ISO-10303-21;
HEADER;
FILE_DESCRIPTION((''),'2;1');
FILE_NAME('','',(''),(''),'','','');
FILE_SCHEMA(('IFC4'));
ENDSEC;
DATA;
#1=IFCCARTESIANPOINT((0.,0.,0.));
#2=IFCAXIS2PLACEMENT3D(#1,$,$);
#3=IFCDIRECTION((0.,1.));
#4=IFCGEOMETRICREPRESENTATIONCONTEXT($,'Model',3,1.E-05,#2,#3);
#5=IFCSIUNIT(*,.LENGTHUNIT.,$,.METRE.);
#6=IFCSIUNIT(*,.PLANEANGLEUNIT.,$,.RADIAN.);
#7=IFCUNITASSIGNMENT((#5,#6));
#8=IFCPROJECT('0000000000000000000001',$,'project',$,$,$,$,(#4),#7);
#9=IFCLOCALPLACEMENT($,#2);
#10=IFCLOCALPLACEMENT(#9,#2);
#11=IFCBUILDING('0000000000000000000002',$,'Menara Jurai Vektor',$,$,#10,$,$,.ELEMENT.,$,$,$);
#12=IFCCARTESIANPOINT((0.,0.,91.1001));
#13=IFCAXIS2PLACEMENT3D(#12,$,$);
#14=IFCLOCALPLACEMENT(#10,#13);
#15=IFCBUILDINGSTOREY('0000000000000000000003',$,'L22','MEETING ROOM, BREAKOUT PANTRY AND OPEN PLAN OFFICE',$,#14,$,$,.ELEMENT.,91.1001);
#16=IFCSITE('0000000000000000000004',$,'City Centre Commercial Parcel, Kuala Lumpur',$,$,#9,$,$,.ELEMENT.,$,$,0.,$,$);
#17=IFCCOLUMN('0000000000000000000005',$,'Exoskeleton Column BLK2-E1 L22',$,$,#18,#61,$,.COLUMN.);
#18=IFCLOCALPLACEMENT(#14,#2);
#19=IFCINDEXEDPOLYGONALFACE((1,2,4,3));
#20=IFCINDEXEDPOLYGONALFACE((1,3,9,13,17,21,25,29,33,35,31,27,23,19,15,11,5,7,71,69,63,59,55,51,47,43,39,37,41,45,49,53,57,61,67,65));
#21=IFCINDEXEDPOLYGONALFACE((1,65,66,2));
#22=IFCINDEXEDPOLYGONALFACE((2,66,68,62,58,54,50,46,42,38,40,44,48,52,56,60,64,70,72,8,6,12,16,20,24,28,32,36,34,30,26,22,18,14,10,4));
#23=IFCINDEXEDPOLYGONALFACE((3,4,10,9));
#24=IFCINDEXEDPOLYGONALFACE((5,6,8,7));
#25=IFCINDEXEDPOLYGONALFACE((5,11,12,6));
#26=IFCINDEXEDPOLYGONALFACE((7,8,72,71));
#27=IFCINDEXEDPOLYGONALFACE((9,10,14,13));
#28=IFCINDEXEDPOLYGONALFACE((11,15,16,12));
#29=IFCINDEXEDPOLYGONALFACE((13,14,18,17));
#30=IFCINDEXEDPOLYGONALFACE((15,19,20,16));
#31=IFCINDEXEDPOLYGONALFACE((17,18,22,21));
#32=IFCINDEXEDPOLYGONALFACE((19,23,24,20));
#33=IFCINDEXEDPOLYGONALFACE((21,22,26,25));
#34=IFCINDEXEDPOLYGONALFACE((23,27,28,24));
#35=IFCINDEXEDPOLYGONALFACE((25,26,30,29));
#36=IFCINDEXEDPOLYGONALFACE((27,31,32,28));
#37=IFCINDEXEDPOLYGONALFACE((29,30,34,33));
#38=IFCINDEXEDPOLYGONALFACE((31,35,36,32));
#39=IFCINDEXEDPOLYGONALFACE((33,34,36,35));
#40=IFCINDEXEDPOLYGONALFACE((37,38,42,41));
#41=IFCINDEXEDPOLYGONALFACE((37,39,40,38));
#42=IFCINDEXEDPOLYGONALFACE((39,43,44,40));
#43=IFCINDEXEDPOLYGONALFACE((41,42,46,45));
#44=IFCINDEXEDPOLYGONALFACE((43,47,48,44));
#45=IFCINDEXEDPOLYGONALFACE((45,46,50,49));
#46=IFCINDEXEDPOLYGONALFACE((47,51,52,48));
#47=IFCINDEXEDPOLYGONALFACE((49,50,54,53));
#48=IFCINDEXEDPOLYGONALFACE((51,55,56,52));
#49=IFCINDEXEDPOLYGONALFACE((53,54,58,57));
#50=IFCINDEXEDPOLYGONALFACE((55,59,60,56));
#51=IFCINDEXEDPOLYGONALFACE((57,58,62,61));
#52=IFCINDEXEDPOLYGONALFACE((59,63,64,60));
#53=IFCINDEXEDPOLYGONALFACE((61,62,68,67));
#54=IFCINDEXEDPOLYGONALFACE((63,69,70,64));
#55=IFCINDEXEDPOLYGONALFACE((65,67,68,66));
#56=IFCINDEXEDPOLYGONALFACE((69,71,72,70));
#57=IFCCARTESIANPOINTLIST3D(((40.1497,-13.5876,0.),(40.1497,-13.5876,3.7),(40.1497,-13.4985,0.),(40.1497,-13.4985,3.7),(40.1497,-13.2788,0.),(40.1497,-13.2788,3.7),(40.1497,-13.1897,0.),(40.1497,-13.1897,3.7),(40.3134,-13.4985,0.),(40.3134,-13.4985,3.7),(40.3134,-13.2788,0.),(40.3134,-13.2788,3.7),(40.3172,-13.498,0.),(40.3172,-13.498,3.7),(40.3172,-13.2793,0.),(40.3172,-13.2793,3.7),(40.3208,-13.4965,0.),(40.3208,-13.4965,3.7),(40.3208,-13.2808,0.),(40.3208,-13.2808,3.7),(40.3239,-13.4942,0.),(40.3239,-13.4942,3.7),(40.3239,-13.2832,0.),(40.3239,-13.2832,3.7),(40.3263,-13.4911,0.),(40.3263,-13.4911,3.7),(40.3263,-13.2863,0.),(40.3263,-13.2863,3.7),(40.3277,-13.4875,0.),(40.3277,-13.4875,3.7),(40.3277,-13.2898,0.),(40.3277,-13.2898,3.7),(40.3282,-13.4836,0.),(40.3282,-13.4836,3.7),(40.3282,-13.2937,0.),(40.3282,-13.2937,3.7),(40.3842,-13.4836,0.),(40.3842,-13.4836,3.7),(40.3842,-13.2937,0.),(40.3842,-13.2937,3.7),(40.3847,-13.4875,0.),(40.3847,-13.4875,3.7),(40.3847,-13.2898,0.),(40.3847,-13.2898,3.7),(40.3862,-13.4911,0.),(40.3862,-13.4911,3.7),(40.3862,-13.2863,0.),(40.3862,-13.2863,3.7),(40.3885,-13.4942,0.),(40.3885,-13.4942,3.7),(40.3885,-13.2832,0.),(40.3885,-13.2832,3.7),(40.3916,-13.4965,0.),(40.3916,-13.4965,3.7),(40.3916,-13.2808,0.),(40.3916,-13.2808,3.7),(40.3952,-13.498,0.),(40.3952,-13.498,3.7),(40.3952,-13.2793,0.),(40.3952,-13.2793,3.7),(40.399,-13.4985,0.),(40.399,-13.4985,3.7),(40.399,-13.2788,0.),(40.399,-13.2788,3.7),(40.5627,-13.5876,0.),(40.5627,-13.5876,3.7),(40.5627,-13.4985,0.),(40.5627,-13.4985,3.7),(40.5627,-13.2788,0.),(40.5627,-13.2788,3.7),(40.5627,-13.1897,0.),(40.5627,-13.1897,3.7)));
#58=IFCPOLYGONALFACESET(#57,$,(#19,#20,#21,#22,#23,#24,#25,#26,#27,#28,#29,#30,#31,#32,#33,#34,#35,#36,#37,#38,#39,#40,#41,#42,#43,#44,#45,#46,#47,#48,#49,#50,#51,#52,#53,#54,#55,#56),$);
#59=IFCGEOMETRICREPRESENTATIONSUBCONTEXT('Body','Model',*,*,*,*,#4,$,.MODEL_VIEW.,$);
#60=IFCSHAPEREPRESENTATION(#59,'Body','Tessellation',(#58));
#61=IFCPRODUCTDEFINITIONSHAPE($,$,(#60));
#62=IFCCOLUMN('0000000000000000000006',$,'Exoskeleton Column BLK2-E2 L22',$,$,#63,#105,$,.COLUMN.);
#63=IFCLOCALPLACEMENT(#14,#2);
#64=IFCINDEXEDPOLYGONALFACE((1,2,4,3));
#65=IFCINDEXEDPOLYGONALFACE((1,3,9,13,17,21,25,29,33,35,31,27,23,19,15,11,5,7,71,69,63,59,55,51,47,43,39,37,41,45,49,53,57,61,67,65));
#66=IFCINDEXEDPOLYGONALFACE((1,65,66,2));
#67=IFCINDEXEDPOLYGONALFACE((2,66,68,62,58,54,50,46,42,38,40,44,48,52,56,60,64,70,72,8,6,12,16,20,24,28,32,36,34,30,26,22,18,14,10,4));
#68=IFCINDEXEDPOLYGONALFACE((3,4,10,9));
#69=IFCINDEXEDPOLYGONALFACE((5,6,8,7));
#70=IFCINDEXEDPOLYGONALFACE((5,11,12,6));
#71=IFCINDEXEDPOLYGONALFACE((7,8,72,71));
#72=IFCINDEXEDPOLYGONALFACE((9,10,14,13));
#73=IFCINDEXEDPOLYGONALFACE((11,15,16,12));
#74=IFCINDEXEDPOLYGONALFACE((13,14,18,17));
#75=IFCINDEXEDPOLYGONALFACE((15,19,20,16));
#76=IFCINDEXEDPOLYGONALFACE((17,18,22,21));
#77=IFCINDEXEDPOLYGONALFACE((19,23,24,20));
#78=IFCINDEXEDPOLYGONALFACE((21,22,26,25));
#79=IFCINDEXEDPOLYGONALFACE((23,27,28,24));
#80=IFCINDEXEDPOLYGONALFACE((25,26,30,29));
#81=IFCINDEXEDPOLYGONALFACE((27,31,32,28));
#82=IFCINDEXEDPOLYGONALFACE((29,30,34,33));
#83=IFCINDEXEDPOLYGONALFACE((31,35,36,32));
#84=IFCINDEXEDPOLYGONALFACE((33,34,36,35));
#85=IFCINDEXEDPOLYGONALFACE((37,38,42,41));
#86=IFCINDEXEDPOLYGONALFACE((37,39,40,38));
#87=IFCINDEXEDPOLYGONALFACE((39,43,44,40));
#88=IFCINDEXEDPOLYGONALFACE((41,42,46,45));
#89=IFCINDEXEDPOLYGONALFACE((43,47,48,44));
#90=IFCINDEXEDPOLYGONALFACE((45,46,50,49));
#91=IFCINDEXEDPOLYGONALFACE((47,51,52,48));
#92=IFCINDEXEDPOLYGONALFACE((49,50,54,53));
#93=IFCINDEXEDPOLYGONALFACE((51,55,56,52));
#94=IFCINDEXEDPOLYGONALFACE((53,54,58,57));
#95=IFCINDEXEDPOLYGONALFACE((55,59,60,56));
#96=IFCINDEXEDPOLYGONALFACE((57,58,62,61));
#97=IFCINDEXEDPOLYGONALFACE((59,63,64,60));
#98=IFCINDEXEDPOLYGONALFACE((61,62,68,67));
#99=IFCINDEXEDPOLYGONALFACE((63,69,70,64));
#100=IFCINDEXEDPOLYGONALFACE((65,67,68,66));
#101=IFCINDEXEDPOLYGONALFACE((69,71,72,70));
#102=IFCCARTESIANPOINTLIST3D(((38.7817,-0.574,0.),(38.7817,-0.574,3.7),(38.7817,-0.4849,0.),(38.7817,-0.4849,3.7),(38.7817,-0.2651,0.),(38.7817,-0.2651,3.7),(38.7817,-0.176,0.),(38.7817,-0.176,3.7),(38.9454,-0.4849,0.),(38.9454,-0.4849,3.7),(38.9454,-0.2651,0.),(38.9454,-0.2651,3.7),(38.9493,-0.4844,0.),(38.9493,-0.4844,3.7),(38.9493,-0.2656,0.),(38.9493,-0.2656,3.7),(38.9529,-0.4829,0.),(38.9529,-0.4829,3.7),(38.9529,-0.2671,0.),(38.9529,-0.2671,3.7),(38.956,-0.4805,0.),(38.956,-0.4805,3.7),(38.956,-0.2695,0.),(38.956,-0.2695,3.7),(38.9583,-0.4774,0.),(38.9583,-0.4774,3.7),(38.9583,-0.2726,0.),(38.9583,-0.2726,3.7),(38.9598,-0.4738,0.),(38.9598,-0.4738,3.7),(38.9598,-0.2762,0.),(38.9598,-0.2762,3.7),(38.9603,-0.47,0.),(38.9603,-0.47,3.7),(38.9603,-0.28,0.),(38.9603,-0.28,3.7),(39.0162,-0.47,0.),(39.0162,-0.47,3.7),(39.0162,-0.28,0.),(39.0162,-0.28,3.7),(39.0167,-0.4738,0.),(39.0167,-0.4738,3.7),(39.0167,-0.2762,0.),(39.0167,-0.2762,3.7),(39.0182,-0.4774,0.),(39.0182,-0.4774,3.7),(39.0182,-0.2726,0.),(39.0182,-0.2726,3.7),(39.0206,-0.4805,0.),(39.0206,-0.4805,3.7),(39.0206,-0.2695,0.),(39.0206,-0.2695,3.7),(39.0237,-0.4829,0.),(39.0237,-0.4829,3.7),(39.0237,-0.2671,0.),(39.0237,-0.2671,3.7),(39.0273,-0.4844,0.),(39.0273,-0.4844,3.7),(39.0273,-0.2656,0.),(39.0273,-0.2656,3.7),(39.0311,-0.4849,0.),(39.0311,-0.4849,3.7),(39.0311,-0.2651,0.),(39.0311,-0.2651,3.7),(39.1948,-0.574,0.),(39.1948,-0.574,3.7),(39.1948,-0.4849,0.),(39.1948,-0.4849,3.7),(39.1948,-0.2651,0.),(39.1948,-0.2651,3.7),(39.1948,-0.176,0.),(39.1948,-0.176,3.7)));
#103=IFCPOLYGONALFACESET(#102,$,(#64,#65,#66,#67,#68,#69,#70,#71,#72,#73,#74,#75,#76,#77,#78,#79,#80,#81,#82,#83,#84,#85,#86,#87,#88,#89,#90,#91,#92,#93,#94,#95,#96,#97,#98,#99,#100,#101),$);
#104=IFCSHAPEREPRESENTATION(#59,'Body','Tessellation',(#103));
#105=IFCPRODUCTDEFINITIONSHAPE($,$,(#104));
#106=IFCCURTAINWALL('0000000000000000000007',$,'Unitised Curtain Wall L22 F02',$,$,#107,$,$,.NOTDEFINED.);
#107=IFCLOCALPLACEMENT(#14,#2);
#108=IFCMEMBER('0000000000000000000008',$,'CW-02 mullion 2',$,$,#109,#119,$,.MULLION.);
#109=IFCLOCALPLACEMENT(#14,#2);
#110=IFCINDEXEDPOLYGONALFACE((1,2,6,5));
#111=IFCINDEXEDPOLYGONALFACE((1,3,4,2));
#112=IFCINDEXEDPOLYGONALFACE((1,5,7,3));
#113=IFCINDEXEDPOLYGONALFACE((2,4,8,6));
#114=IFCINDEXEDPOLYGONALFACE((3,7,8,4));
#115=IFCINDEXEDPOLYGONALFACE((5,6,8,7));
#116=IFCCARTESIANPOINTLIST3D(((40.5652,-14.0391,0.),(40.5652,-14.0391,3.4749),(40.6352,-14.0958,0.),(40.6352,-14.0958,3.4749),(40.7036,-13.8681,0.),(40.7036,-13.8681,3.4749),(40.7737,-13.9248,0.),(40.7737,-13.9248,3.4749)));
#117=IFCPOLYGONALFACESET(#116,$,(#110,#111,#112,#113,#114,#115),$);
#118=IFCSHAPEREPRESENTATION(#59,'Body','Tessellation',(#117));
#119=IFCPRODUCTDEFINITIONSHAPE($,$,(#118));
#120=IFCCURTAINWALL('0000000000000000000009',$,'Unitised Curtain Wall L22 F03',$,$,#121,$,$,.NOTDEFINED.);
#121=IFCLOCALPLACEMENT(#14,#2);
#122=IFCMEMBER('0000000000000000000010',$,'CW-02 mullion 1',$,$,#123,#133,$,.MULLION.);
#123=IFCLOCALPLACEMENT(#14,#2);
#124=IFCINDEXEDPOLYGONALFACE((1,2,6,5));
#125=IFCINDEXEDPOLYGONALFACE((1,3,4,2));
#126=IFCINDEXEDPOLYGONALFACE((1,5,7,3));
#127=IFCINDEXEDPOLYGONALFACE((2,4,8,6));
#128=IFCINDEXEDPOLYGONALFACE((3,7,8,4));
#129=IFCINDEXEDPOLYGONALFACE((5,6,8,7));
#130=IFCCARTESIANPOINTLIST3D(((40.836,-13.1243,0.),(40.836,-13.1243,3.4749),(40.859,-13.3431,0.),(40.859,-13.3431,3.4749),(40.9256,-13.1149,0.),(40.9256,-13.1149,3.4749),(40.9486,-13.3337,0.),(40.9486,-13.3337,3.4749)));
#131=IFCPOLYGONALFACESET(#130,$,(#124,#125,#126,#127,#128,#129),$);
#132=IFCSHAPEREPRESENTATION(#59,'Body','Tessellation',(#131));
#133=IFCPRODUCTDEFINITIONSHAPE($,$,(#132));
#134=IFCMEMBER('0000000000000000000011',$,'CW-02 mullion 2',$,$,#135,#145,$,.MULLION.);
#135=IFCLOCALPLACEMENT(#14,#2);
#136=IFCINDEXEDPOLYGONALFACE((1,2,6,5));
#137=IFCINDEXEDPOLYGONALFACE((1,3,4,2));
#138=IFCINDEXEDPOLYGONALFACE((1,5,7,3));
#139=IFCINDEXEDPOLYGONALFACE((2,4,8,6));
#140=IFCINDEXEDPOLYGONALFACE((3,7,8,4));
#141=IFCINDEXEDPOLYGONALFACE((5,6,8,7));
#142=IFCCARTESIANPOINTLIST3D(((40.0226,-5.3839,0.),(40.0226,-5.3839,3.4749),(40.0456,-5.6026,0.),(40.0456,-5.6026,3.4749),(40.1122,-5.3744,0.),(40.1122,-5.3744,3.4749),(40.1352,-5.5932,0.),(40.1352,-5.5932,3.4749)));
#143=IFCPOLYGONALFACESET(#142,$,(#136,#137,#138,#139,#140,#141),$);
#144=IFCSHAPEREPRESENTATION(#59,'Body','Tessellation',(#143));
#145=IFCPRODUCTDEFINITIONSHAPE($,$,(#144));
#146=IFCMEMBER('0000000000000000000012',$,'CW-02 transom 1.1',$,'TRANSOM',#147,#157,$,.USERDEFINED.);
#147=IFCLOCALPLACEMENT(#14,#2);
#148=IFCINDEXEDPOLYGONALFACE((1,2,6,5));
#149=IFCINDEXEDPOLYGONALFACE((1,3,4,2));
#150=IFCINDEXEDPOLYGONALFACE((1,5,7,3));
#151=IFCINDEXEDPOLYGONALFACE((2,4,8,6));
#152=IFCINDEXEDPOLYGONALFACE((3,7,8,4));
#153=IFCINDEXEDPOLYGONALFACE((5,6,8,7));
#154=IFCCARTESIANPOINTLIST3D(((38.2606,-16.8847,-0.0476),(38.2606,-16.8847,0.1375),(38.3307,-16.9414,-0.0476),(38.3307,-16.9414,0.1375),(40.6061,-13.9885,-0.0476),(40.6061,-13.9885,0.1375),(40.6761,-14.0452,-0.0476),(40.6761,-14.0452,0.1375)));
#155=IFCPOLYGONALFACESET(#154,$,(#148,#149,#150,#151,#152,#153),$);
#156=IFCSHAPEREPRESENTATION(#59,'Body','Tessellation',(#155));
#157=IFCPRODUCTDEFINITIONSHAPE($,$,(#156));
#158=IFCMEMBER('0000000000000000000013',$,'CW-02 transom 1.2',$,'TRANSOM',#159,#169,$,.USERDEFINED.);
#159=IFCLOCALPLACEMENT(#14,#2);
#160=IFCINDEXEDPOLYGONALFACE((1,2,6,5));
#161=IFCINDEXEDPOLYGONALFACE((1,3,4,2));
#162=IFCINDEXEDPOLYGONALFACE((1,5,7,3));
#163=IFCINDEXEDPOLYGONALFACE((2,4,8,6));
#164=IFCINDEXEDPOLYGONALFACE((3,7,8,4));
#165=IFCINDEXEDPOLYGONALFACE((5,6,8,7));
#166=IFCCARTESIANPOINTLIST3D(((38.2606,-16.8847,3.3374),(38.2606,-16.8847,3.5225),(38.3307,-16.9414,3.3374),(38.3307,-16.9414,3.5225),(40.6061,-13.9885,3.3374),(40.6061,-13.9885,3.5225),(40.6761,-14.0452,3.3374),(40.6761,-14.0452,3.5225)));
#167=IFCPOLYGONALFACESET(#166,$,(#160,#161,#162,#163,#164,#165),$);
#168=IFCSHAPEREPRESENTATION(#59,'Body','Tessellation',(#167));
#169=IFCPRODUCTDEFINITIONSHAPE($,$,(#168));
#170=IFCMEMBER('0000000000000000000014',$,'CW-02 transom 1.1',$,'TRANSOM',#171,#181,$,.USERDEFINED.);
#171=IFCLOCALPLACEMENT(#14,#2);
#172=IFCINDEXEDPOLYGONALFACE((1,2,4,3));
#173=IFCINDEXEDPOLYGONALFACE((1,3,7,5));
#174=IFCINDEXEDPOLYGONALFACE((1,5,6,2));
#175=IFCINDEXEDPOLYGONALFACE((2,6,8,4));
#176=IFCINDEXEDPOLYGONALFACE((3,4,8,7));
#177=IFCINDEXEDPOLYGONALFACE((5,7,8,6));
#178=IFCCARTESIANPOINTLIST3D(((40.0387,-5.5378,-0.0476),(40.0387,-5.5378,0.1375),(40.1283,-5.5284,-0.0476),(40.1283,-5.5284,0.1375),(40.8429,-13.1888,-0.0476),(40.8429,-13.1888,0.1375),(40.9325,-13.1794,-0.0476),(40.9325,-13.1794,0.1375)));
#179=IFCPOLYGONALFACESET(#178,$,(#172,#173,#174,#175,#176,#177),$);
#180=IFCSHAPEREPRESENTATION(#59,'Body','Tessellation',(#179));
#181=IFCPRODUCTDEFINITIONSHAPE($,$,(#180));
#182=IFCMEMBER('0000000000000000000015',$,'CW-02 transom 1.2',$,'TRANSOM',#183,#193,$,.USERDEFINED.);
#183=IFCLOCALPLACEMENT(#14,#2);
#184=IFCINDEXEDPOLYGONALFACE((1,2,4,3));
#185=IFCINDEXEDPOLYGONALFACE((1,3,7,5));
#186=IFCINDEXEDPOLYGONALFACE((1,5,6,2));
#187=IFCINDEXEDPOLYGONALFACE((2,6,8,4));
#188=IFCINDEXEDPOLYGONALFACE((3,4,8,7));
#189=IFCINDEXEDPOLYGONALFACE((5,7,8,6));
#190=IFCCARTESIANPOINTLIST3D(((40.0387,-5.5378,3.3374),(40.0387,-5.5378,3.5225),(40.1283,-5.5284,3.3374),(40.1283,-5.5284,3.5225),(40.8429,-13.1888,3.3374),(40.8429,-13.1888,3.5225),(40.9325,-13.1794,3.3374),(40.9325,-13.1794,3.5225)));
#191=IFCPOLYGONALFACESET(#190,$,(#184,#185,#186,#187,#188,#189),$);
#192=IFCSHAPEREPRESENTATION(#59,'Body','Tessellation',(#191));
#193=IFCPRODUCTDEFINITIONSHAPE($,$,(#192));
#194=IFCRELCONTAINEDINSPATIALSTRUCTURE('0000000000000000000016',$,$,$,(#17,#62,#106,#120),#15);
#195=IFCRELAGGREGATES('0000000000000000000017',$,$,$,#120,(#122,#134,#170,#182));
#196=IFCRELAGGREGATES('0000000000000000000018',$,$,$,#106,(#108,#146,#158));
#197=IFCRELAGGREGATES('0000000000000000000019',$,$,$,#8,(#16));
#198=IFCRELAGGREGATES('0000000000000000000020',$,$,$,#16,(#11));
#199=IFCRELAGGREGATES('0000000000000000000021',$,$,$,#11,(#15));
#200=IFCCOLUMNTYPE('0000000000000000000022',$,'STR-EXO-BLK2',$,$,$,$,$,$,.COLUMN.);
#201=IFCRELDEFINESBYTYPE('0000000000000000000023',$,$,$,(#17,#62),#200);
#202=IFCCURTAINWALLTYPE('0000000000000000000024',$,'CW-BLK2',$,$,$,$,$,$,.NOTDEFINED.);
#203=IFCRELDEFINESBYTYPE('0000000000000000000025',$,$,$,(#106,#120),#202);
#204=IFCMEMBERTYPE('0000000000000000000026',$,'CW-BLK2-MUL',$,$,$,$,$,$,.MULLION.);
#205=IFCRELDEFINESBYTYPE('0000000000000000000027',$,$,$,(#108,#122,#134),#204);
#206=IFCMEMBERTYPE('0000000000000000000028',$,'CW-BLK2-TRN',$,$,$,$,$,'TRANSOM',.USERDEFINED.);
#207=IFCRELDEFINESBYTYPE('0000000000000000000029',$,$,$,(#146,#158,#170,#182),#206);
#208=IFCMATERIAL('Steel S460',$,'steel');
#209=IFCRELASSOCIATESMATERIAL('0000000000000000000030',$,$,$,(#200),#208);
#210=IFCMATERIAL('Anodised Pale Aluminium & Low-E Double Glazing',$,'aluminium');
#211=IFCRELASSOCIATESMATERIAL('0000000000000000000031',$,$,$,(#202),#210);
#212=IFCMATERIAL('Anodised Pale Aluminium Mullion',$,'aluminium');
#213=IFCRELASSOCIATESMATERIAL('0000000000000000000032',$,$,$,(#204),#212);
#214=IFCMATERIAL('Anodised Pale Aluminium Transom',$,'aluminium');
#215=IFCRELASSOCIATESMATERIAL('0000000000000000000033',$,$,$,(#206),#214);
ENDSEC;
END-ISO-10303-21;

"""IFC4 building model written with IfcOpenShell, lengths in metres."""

from ifc_helpers import new_model, si_unit, direction, frame, origin, origin_2d, place, context, subcontext, project, spatial, rectangle, i_section, extrude, material, material_profile, profile_set, type_object, element, aggregate, save


model = new_model("IFC4")

# Units and contexts
model_context = context("Model", 3, precision=1e-05, world=origin(), true_north=direction((0.0, 1.0)))
body_context = subcontext(model_context, "Body", "Model", "MODEL_VIEW")
ifc_project = project(units=[si_unit("LENGTHUNIT", "METRE"), si_unit("PLANEANGLEUNIT", "RADIAN")], contexts=[model_context])

# Site, building, storey
site_placement = place(None, origin())
site = spatial("IfcSite", under=ifc_project, at=site_placement, Name="City Centre Commercial Parcel, Kuala Lumpur", CompositionType="ELEMENT", RefElevation=0.0)
building_placement = place(site_placement, origin())
building = spatial("IfcBuilding", under=site, at=building_placement, Name="Menara Jurai Vektor", CompositionType="ELEMENT")
storey_placement = place(building_placement, frame((0.0, 0.0, 91.1001)))
storey = spatial("IfcBuildingStorey", under=building, at=storey_placement, Name="L22", Description="MEETING ROOM, BREAKOUT PANTRY AND OPEN PLAN OFFICE", CompositionType="ELEMENT", Elevation=91.1001)

# Columns
ifc_material_1 = material(Name="Steel S460", Category="steel")
ifc_material_profile_1 = material_profile(ifc_material_1, i_section(OverallWidth=0.4131, OverallDepth=0.3979, WebThickness=0.0559, FlangeThickness=0.0891, FilletRadius=0.0149, at=origin_2d()), Name="HD 400x744")
ifc_profile_set_1 = profile_set([ifc_material_profile_1], Name="Steel S460")
column_type = type_object("IfcColumnType", Name="STR-EXO-BLK2", PredefinedType="COLUMN", material=ifc_profile_set_1)
for number, where, z_axis, x_axis, name in (
    (1, (40.3562, -13.3887, 0.0), (0.0, 0.0, 1.0), (1.0, 0.0, 0.0), "Exoskeleton Column BLK2-E1 L22"),
    (2, (38.9883, -0.375, 0.0), (0.0, 0.0, 1.0), (1.0, 0.0, 0.0), "Exoskeleton Column BLK2-E2 L22"),
):
    element("IfcColumn", number, at=place(storey_placement, frame(where, z_axis=z_axis, x_axis=x_axis)), inside=storey, type_object=column_type, Name=name, PredefinedType="COLUMN", context=body_context, shape_type="SweptSolid", body=[
        extrude(i_section(OverallWidth=0.4131, OverallDepth=0.3979, WebThickness=0.0559, FlangeThickness=0.0891, FilletRadius=0.0149, at=origin_2d()), origin(), (0.0, 0.0, 1.0), 3.7),
    ])

# Curtain wall, member
ifc_material_2 = material(Name="Anodised Pale Aluminium & Low-E Double Glazing", Category="aluminium")
curtain_wall_type = type_object("IfcCurtainWallType", Name="CW-BLK2", PredefinedType="NOTDEFINED", material=ifc_material_2)
curtain_wall_1_placement = place(storey_placement, origin())
curtain_wall_1 = element("IfcCurtainWall", 3, at=curtain_wall_1_placement, inside=storey, type_object=curtain_wall_type, Name="Unitised Curtain Wall L22 F02", PredefinedType="NOTDEFINED")
ifc_material_3 = material(Name="Anodised Pale Aluminium Mullion", Category="aluminium")
ifc_material_profile_2 = material_profile(ifc_material_3, rectangle(XDim=0.0901, YDim=0.22, at=origin_2d()), Name="ALU MUL 90x220")
ifc_profile_set_2 = profile_set([ifc_material_profile_2], Name="Anodised Pale Aluminium Mullion")
member_type_1 = type_object("IfcMemberType", Name="CW-BLK2-MUL", PredefinedType="MULLION", material=ifc_profile_set_2)
member_1_placement = place(storey_placement, frame((40.6694, -13.9819, 0.0), z_axis=(0.0, 0.0, 1.0), x_axis=(-0.777129, 0.629341, 0.0)))
member_1 = element("IfcMember", 4, at=member_1_placement, type_object=member_type_1, Name="CW-02 mullion 2", PredefinedType="MULLION", context=body_context, shape_type="SweptSolid", body=[
    extrude(rectangle(XDim=0.0901, YDim=0.22, at=origin_2d()), origin(), (0.0, 0.0, 1.0), 3.4749),
])

# Curtain wall, members
curtain_wall_2_placement = place(storey_placement, origin())
curtain_wall_2 = element("IfcCurtainWall", 5, at=curtain_wall_2_placement, inside=storey, type_object=curtain_wall_type, Name="Unitised Curtain Wall L22 F03", PredefinedType="NOTDEFINED")
member_2_placement = place(storey_placement, frame((40.8923, -13.229, 0.0), z_axis=(0.0, 0.0, 1.0), x_axis=(-0.994522, -0.10453, 0.0)))
member_2 = element("IfcMember", 6, at=member_2_placement, type_object=member_type_1, Name="CW-02 mullion 1", PredefinedType="MULLION", context=body_context, shape_type="SweptSolid", body=[
    extrude(rectangle(XDim=0.0901, YDim=0.22, at=origin_2d()), origin(), (0.0, 0.0, 1.0), 3.4749),
])
member_3_placement = place(storey_placement, frame((40.0789, -5.4885, 0.0), z_axis=(0.0, 0.0, 1.0), x_axis=(-0.994522, -0.10453, 0.0)))
member_3 = element("IfcMember", 7, at=member_3_placement, type_object=member_type_1, Name="CW-02 mullion 2", PredefinedType="MULLION", context=body_context, shape_type="SweptSolid", body=[
    extrude(rectangle(XDim=0.0901, YDim=0.22, at=origin_2d()), origin(), (0.0, 0.0, 1.0), 3.4749),
])

# Members
ifc_material_4 = material(Name="Anodised Pale Aluminium Transom", Category="aluminium")
ifc_material_profile_3 = material_profile(ifc_material_4, rectangle(XDim=0.0901, YDim=0.1851, at=origin_2d()), Name="ALU TRN 90x185")
ifc_profile_set_3 = profile_set([ifc_material_profile_3], Name="Anodised Pale Aluminium Transom")
member_type_2 = type_object("IfcMemberType", Name="CW-BLK2-TRN", ElementType="TRANSOM", PredefinedType="USERDEFINED", material=ifc_profile_set_3)
member_4_placement = place(storey_placement, frame((38.2957, -16.9131, 0.0449), z_axis=(0.629341, 0.777129, 0.0), x_axis=(-0.777129, 0.629341, 0.0)))
member_4 = element("IfcMember", 8, at=member_4_placement, type_object=member_type_2, Name="CW-02 transom 1.1", ObjectType="TRANSOM", PredefinedType="USERDEFINED", context=body_context, shape_type="SweptSolid", body=[
    extrude(rectangle(XDim=0.0901, YDim=0.1851, at=origin_2d()), origin(), (0.0, 0.0, 1.0), 3.7268),
])
member_5_placement = place(storey_placement, frame((38.2957, -16.9131, 3.4299), z_axis=(0.629341, 0.777129, 0.0), x_axis=(-0.777129, 0.629341, 0.0)))
member_5 = element("IfcMember", 9, at=member_5_placement, type_object=member_type_2, Name="CW-02 transom 1.2", ObjectType="TRANSOM", PredefinedType="USERDEFINED", context=body_context, shape_type="SweptSolid", body=[
    extrude(rectangle(XDim=0.0901, YDim=0.1851, at=origin_2d()), origin(), (0.0, 0.0, 1.0), 3.7268),
])
member_6_placement = place(storey_placement, frame((40.8877, -13.1841, 0.0449), z_axis=(-0.104536, 0.994521, 0.0), x_axis=(-0.994521, -0.104536, 0.0)))
member_6 = element("IfcMember", 10, at=member_6_placement, type_object=member_type_2, Name="CW-02 transom 1.1", ObjectType="TRANSOM", PredefinedType="USERDEFINED", context=body_context, shape_type="SweptSolid", body=[
    extrude(rectangle(XDim=0.0901, YDim=0.1851, at=origin_2d()), origin(), (0.0, 0.0, 1.0), 7.6931),
])
member_7_placement = place(storey_placement, frame((40.8877, -13.1841, 3.4299), z_axis=(-0.104536, 0.994521, 0.0), x_axis=(-0.994521, -0.104536, 0.0)))
member_7 = element("IfcMember", 11, at=member_7_placement, type_object=member_type_2, Name="CW-02 transom 1.2", ObjectType="TRANSOM", PredefinedType="USERDEFINED", context=body_context, shape_type="SweptSolid", body=[
    extrude(rectangle(XDim=0.0901, YDim=0.1851, at=origin_2d()), origin(), (0.0, 0.0, 1.0), 7.6931),
])

aggregate(curtain_wall_2, [member_2, member_3, member_6, member_7])
aggregate(curtain_wall_1, [member_1, member_4, member_5])

save(model, "model.ifc")
